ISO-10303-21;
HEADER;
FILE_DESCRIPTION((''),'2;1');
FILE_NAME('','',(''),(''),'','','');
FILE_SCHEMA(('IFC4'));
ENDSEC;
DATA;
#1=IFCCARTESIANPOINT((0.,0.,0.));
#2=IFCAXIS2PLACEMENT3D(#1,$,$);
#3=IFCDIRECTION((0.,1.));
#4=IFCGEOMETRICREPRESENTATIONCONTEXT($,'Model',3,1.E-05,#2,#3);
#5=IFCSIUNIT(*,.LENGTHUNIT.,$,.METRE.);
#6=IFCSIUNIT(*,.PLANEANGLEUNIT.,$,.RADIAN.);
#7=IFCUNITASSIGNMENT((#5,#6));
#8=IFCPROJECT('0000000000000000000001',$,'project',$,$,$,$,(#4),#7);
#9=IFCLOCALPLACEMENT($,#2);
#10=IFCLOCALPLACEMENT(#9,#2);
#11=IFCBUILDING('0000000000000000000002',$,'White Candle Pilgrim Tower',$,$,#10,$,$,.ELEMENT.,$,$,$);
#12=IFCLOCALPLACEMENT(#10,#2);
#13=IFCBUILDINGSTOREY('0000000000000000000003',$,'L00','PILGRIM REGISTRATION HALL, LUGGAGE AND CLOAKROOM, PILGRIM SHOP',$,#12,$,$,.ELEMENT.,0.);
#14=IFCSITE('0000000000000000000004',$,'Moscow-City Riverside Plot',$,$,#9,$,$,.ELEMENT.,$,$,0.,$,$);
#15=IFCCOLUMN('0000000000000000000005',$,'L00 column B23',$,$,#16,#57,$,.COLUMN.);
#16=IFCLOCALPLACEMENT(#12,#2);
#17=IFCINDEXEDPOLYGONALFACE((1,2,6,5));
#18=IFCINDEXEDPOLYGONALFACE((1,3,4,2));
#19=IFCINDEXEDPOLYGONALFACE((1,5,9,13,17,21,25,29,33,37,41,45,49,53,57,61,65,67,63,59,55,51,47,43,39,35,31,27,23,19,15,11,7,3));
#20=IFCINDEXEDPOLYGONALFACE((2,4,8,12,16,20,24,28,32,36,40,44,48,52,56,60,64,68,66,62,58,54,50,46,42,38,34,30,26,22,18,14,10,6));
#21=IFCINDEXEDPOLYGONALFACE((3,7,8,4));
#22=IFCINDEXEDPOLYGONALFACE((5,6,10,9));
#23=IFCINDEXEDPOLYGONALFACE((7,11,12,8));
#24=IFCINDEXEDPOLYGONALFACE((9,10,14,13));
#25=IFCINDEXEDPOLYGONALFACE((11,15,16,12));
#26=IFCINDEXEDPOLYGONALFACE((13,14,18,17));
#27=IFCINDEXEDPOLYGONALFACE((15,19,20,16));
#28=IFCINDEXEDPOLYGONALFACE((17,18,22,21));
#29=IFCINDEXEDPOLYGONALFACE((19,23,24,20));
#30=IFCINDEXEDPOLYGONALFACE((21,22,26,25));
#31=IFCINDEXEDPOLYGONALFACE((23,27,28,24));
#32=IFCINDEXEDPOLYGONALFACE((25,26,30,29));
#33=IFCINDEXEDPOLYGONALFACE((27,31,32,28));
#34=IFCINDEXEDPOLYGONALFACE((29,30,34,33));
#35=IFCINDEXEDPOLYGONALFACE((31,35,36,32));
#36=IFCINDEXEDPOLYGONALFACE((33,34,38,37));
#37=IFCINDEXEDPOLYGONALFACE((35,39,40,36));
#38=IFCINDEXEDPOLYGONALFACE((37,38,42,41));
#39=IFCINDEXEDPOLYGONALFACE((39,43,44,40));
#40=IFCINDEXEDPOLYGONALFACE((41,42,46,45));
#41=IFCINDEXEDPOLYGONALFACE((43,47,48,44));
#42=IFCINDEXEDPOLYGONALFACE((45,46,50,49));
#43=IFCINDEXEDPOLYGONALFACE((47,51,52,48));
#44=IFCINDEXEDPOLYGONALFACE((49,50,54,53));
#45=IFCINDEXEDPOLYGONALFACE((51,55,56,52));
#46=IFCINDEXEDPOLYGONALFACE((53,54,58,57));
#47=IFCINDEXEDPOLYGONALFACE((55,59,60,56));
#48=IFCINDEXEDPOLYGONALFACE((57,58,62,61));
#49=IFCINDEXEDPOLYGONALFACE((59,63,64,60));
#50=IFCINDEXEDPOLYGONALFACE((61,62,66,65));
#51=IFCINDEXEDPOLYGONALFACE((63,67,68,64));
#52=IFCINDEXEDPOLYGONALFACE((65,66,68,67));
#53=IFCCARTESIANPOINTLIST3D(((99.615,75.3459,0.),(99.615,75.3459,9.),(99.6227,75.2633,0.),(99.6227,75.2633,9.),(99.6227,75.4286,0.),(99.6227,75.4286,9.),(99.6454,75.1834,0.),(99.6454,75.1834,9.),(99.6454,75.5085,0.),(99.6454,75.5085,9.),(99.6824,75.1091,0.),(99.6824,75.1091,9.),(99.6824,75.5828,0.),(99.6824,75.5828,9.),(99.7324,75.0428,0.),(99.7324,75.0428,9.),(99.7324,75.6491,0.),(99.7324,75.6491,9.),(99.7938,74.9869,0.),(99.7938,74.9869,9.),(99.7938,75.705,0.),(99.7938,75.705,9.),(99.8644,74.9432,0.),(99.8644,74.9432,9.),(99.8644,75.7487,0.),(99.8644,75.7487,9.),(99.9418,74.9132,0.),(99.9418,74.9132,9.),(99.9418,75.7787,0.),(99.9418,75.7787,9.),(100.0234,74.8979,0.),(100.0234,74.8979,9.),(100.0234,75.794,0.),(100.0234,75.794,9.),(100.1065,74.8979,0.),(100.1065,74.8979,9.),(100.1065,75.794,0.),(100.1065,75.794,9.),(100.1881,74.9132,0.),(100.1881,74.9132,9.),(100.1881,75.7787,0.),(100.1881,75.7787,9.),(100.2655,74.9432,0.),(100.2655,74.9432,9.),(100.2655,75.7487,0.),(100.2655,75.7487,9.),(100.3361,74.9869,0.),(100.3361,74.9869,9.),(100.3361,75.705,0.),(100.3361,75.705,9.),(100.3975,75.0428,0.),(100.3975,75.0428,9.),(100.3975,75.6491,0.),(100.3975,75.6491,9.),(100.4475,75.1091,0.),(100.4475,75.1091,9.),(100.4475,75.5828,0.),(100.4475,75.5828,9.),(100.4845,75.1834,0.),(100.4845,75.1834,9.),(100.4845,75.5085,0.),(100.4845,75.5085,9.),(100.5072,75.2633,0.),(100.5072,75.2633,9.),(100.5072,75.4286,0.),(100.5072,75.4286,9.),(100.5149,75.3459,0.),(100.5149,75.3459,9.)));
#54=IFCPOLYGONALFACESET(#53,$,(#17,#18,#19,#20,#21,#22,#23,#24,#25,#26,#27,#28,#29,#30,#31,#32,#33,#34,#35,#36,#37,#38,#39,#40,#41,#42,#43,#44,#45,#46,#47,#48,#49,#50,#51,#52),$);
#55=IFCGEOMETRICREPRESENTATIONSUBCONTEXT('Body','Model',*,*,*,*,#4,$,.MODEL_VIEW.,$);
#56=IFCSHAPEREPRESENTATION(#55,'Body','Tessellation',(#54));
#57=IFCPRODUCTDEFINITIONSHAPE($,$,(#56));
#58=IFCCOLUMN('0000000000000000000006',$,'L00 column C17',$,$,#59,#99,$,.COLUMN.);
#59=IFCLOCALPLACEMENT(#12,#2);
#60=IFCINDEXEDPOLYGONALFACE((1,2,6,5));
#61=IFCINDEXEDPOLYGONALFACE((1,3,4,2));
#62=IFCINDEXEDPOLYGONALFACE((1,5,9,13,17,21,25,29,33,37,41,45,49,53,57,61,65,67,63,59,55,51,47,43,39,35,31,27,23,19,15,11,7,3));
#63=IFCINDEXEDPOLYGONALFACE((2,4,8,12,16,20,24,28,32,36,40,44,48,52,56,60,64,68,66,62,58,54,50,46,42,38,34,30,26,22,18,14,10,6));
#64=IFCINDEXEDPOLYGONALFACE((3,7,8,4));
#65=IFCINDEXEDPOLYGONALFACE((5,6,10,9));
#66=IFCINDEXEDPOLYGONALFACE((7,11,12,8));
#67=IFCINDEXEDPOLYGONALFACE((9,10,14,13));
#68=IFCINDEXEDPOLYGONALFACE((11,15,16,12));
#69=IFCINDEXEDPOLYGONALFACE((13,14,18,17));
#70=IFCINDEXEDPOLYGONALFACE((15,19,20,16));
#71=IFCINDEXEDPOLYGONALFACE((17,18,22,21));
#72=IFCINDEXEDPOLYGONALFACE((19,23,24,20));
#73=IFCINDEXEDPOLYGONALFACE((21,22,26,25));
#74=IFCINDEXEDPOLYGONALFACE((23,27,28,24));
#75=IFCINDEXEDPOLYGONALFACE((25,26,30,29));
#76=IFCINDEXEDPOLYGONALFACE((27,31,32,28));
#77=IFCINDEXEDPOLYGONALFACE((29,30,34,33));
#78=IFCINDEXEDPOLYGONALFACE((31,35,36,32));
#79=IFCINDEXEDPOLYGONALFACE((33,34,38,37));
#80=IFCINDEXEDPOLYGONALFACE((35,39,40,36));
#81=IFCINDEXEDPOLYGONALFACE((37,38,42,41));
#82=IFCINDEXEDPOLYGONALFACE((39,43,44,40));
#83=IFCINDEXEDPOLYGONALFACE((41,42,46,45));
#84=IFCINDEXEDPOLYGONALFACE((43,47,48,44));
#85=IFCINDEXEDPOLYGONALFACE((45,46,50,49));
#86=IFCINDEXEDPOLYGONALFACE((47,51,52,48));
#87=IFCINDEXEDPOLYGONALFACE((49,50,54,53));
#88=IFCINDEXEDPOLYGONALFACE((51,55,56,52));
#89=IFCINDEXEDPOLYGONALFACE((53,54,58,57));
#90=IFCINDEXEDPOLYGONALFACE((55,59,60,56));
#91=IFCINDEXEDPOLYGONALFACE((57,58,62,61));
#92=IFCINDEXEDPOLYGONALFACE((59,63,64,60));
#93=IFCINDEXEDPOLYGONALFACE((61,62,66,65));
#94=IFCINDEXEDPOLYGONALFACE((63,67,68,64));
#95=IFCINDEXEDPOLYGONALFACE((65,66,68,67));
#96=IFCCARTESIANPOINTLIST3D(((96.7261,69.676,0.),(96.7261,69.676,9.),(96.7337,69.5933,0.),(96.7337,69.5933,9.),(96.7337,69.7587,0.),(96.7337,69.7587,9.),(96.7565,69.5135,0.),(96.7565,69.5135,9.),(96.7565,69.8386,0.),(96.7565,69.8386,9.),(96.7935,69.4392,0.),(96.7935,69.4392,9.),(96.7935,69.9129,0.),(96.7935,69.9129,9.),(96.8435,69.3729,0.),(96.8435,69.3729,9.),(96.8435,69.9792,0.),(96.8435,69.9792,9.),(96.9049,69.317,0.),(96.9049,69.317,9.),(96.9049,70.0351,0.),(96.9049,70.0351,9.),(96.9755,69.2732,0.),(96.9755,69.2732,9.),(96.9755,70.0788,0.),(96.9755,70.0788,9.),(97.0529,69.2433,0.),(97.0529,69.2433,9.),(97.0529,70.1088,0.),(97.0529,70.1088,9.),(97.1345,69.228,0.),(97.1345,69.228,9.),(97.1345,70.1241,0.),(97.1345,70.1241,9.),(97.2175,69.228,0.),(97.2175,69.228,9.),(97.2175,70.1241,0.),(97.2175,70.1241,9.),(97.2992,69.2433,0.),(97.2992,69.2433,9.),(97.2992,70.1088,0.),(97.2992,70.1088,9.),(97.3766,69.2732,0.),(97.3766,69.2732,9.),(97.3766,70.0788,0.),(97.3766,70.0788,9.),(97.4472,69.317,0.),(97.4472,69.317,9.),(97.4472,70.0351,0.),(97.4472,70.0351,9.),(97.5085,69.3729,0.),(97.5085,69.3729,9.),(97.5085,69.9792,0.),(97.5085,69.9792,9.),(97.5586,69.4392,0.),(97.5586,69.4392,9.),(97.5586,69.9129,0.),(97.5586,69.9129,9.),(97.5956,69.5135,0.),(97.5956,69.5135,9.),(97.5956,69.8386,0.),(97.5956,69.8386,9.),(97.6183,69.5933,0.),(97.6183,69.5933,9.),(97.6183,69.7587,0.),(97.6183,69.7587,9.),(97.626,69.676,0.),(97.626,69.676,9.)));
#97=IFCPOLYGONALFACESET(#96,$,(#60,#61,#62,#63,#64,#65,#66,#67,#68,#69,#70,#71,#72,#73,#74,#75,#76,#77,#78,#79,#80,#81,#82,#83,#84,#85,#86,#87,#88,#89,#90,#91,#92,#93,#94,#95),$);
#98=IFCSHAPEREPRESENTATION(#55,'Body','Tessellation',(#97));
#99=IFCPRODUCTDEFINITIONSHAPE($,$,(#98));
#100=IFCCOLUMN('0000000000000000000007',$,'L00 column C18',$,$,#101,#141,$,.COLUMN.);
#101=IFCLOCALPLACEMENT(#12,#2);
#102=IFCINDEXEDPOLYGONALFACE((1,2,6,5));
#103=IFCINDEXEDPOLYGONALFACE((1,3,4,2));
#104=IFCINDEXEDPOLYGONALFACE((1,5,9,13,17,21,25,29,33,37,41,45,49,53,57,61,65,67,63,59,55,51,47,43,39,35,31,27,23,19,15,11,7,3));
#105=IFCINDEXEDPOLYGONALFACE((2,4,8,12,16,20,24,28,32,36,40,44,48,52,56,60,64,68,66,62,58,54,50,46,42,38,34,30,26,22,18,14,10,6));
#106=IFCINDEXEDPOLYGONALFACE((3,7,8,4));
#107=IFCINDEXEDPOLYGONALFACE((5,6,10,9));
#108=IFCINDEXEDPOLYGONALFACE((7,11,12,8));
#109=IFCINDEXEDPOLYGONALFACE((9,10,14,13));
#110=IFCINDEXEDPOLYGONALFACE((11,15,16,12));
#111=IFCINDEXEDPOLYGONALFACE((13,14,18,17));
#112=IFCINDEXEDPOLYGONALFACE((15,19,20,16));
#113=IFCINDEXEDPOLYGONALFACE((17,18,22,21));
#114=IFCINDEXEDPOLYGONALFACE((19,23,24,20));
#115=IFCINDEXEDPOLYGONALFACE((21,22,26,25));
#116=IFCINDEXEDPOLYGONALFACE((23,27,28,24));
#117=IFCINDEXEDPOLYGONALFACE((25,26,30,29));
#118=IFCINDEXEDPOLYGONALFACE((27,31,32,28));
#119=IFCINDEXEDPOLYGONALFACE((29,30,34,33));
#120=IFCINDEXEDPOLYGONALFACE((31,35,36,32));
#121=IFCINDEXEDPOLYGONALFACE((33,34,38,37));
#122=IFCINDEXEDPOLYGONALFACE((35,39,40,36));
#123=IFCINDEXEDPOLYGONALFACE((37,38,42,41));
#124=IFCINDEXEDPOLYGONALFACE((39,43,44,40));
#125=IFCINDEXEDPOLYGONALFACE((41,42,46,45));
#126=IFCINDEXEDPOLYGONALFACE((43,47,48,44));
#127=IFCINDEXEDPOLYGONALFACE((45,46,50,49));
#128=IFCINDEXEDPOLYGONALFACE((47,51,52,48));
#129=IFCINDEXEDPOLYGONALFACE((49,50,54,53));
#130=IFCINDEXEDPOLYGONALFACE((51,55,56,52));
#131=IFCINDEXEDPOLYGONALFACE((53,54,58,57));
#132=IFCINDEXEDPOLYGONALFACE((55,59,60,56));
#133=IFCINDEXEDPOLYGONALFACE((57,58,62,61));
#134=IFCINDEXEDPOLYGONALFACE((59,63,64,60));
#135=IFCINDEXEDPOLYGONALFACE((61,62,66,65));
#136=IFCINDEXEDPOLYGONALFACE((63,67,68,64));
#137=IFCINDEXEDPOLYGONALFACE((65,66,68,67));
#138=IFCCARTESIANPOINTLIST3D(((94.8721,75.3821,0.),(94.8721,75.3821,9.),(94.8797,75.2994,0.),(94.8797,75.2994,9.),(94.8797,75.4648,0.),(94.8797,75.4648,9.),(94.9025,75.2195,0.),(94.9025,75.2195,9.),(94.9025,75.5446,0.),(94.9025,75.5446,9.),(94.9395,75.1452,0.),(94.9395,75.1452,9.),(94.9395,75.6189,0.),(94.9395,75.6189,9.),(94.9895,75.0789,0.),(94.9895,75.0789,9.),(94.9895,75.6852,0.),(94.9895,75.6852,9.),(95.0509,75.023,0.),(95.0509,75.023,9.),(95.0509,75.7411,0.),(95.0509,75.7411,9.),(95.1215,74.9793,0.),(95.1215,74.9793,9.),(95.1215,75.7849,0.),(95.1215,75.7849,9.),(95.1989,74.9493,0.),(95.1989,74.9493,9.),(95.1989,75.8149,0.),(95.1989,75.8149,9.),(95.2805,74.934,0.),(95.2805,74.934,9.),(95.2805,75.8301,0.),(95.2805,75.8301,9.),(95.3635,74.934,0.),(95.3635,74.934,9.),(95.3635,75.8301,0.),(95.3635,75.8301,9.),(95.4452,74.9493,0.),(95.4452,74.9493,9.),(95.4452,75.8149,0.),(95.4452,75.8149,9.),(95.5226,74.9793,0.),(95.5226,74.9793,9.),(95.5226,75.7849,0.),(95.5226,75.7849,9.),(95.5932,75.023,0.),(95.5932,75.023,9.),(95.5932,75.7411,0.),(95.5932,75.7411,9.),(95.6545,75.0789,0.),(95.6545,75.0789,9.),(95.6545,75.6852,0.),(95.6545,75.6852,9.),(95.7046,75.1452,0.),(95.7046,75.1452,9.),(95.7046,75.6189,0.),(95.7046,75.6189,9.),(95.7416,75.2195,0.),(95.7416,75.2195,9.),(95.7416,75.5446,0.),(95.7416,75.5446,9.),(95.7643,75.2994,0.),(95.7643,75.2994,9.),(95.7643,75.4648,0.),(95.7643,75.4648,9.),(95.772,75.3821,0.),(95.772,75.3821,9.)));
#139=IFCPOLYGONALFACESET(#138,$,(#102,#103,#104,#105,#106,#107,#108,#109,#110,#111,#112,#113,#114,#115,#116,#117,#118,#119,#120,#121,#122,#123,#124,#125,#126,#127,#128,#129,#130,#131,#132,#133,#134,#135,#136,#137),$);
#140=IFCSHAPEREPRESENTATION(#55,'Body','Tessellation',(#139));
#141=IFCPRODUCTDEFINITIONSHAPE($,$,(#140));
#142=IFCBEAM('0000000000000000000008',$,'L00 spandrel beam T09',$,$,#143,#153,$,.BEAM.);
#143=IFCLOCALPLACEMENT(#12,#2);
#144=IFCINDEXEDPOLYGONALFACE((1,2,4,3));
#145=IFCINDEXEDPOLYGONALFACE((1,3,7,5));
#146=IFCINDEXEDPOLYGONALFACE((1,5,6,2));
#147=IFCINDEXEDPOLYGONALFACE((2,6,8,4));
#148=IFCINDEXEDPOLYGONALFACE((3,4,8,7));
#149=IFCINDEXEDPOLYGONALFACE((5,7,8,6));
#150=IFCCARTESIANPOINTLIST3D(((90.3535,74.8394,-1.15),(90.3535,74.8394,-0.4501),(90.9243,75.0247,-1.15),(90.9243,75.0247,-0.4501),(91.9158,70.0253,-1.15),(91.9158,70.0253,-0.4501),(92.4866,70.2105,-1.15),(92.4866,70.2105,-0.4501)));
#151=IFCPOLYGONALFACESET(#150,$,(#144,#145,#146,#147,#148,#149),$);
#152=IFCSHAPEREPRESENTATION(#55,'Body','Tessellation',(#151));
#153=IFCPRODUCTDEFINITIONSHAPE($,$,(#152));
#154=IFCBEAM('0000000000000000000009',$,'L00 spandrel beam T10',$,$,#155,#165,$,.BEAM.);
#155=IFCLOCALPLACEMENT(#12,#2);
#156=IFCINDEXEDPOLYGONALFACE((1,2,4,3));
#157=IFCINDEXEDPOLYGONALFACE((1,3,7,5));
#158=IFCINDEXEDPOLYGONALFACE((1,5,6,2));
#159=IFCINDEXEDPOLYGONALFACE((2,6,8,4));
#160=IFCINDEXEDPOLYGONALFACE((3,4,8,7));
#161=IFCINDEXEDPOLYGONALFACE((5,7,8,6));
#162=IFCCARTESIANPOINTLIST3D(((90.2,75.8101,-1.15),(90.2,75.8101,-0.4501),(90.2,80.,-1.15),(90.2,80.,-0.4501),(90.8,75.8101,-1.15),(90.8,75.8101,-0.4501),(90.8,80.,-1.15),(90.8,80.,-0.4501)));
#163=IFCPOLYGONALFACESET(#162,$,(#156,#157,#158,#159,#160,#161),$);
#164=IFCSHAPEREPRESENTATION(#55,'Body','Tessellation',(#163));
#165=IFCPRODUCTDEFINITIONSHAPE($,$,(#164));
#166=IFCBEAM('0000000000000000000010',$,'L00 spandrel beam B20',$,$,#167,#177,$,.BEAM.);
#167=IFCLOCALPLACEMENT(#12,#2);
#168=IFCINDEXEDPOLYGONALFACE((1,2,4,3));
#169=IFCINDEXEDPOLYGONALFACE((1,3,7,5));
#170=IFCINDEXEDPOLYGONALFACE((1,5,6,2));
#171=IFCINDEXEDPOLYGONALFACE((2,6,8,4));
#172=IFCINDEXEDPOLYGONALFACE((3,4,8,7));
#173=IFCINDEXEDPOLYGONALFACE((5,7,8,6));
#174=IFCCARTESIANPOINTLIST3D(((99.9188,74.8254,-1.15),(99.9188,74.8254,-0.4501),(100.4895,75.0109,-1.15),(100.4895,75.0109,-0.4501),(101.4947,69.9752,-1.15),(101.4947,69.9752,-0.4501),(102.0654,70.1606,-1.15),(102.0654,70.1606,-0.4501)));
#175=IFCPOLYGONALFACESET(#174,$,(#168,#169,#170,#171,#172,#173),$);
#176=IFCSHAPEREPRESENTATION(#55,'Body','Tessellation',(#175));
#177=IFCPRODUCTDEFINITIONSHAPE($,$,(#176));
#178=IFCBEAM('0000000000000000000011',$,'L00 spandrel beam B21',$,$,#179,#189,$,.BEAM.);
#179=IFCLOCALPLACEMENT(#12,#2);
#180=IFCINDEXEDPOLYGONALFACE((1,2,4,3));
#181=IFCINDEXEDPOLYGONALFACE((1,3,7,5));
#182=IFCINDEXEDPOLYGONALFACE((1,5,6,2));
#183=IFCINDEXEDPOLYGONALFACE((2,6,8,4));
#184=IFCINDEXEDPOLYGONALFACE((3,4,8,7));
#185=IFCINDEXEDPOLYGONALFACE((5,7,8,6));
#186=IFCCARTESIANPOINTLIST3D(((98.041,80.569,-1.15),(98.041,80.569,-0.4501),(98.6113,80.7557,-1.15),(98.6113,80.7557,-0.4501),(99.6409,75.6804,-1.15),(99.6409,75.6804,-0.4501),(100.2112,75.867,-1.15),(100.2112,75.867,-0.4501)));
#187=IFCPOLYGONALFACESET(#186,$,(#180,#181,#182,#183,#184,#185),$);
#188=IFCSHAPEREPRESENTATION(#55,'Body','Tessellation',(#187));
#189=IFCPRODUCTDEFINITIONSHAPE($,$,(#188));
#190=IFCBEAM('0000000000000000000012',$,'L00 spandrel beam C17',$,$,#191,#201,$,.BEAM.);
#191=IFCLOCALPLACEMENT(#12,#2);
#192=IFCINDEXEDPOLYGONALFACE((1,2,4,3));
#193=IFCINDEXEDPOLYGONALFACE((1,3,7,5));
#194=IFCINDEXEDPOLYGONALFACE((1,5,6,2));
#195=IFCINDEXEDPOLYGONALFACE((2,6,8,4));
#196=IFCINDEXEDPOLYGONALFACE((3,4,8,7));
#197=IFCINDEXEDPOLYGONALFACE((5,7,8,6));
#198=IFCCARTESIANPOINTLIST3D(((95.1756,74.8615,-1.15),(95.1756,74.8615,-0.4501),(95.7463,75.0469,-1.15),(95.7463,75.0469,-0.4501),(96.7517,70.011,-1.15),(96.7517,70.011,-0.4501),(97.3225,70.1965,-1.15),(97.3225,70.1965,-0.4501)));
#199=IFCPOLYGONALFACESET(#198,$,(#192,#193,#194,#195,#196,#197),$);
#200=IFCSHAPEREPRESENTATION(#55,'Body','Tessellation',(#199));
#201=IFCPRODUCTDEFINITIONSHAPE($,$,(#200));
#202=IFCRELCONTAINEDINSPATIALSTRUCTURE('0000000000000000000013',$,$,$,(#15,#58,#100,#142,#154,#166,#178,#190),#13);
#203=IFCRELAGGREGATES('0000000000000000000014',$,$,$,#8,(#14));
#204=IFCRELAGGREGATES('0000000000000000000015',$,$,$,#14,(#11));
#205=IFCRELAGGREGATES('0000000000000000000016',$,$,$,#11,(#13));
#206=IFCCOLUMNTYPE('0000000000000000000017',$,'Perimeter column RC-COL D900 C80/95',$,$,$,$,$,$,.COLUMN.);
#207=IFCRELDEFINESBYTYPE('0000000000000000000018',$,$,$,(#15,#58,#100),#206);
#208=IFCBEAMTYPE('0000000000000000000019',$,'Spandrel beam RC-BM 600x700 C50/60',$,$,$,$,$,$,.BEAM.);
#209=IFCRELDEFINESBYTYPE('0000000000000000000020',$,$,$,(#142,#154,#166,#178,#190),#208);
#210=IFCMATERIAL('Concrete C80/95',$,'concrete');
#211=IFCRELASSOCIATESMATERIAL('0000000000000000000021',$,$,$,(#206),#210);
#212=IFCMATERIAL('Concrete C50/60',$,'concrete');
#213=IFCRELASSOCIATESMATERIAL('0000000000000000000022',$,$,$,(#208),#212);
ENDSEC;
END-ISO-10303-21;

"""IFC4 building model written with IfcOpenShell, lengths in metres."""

from ifc_helpers import new_model, si_unit, direction, frame, origin, origin_2d, place, context, subcontext, project, spatial, rectangle, circle, extrude, material, material_profile, profile_set, type_object, element, save


model = new_model("IFC4")

# Units and contexts
model_context = context("Model", 3, precision=1e-05, world=origin(), true_north=direction((0.0, 1.0)))
body_context = subcontext(model_context, "Body", "Model", "MODEL_VIEW")
ifc_project = project(units=[si_unit("LENGTHUNIT", "METRE"), si_unit("PLANEANGLEUNIT", "RADIAN")], contexts=[model_context])

# Site, building, storey
site_placement = place(None, origin())
site = spatial("IfcSite", under=ifc_project, at=site_placement, Name="Moscow-City Riverside Plot", CompositionType="ELEMENT", RefElevation=0.0)
building_placement = place(site_placement, origin())
building = spatial("IfcBuilding", under=site, at=building_placement, Name="White Candle Pilgrim Tower", CompositionType="ELEMENT")
storey_placement = place(building_placement, origin())
storey = spatial("IfcBuildingStorey", under=building, at=storey_placement, Name="L00", Description="PILGRIM REGISTRATION HALL, LUGGAGE AND CLOAKROOM, PILGRIM SHOP", CompositionType="ELEMENT", Elevation=0.0)

# Columns
ifc_material_1 = material(Name="Concrete C80/95", Category="concrete")
ifc_material_profile_1 = material_profile(ifc_material_1, circle(Radius=0.45, at=origin_2d()), Name="RC-COL D900")
ifc_profile_set_1 = profile_set([ifc_material_profile_1], Name="Concrete C80/95")
column_type = type_object("IfcColumnType", Name="Perimeter column RC-COL D900 C80/95", PredefinedType="COLUMN", material=ifc_profile_set_1)
for number, where, z_axis, x_axis, name in (
    (1, (100.0649, 75.3459, 0.0), (0.0, 0.0, 1.0), (1.0, 0.0, 0.0), "L00 column B23"),
    (2, (97.176, 69.676, 0.0), (0.0, 0.0, 1.0), (1.0, 0.0, 0.0), "L00 column C17"),
    (3, (95.322, 75.3821, 0.0), (0.0, 0.0, 1.0), (1.0, 0.0, 0.0), "L00 column C18"),
):
    element("IfcColumn", number, at=place(storey_placement, frame(where, z_axis=z_axis, x_axis=x_axis)), inside=storey, type_object=column_type, Name=name, PredefinedType="COLUMN", context=body_context, shape_type="SweptSolid", body=[
        extrude(circle(Radius=0.45, at=origin_2d()), origin(), (0.0, 0.0, 1.0), 9.0),
    ])

# Beams
ifc_material_2 = material(Name="Concrete C50/60", Category="concrete")
ifc_material_profile_2 = material_profile(ifc_material_2, rectangle(XDim=0.6001, YDim=0.7, at=origin_2d()), Name="RC-BM 600x700")
ifc_profile_set_2 = profile_set([ifc_material_profile_2], Name="Concrete C50/60")
beam_type = type_object("IfcBeamType", Name="Spandrel beam RC-BM 600x700 C50/60", PredefinedType="BEAM", material=ifc_profile_set_2)
beam_1_placement = place(storey_placement, frame((92.2012, 70.1179, -0.8), z_axis=(-0.308664, 0.951171, 0.0), x_axis=(-0.951171, -0.308664, 0.0)))
element("IfcBeam", 4, at=beam_1_placement, inside=storey, type_object=beam_type, Name="L00 spandrel beam T09", PredefinedType="BEAM", context=body_context, shape_type="SweptSolid", body=[
    extrude(rectangle(XDim=0.6001, YDim=0.7, at=origin_2d()), origin(), (0.0, 0.0, 1.0), 5.0613),
])
beam_2_placement = place(storey_placement, frame((90.5, 75.8101, -0.8), z_axis=(0.0, 1.0, 0.0), x_axis=(-1.0, 0.0, 0.0)))
element("IfcBeam", 5, at=beam_2_placement, inside=storey, type_object=beam_type, Name="L00 spandrel beam T10", PredefinedType="BEAM", context=body_context, shape_type="SweptSolid", body=[
    extrude(rectangle(XDim=0.6001, YDim=0.7, at=origin_2d()), origin(), (0.0, 0.0, 1.0), 4.1899),
])
beam_3_placement = place(storey_placement, frame((101.78, 70.0679, -0.8), z_axis=(-0.309009, 0.951059, 0.0), x_axis=(-0.951059, -0.309009, 0.0)))
element("IfcBeam", 6, at=beam_3_placement, inside=storey, type_object=beam_type, Name="L00 spandrel beam B20", PredefinedType="BEAM", context=body_context, shape_type="SweptSolid", body=[
    extrude(rectangle(XDim=0.6001, YDim=0.7, at=origin_2d()), origin(), (0.0, 0.0, 1.0), 5.0999),
])
beam_4_placement = place(storey_placement, frame((99.926, 75.7737, -0.8), z_axis=(-0.311026, 0.950401, 0.0), x_axis=(-0.950401, -0.311026, 0.0)))
element("IfcBeam", 7, at=beam_4_placement, inside=storey, type_object=beam_type, Name="L00 spandrel beam B21", PredefinedType="BEAM", context=body_context, shape_type="SweptSolid", body=[
    extrude(rectangle(XDim=0.6001, YDim=0.7, at=origin_2d()), origin(), (0.0, 0.0, 1.0), 5.1438),
])
beam_5_placement = place(storey_placement, frame((97.0371, 70.1038, -0.8), z_axis=(-0.309053, 0.951045, 0.0), x_axis=(-0.951045, -0.309053, 0.0)))
element("IfcBeam", 8, at=beam_5_placement, inside=storey, type_object=beam_type, Name="L00 spandrel beam C17", PredefinedType="BEAM", context=body_context, shape_type="SweptSolid", body=[
    extrude(rectangle(XDim=0.6001, YDim=0.7, at=origin_2d()), origin(), (0.0, 0.0, 1.0), 5.1001),
])

save(model, "model.ifc")
